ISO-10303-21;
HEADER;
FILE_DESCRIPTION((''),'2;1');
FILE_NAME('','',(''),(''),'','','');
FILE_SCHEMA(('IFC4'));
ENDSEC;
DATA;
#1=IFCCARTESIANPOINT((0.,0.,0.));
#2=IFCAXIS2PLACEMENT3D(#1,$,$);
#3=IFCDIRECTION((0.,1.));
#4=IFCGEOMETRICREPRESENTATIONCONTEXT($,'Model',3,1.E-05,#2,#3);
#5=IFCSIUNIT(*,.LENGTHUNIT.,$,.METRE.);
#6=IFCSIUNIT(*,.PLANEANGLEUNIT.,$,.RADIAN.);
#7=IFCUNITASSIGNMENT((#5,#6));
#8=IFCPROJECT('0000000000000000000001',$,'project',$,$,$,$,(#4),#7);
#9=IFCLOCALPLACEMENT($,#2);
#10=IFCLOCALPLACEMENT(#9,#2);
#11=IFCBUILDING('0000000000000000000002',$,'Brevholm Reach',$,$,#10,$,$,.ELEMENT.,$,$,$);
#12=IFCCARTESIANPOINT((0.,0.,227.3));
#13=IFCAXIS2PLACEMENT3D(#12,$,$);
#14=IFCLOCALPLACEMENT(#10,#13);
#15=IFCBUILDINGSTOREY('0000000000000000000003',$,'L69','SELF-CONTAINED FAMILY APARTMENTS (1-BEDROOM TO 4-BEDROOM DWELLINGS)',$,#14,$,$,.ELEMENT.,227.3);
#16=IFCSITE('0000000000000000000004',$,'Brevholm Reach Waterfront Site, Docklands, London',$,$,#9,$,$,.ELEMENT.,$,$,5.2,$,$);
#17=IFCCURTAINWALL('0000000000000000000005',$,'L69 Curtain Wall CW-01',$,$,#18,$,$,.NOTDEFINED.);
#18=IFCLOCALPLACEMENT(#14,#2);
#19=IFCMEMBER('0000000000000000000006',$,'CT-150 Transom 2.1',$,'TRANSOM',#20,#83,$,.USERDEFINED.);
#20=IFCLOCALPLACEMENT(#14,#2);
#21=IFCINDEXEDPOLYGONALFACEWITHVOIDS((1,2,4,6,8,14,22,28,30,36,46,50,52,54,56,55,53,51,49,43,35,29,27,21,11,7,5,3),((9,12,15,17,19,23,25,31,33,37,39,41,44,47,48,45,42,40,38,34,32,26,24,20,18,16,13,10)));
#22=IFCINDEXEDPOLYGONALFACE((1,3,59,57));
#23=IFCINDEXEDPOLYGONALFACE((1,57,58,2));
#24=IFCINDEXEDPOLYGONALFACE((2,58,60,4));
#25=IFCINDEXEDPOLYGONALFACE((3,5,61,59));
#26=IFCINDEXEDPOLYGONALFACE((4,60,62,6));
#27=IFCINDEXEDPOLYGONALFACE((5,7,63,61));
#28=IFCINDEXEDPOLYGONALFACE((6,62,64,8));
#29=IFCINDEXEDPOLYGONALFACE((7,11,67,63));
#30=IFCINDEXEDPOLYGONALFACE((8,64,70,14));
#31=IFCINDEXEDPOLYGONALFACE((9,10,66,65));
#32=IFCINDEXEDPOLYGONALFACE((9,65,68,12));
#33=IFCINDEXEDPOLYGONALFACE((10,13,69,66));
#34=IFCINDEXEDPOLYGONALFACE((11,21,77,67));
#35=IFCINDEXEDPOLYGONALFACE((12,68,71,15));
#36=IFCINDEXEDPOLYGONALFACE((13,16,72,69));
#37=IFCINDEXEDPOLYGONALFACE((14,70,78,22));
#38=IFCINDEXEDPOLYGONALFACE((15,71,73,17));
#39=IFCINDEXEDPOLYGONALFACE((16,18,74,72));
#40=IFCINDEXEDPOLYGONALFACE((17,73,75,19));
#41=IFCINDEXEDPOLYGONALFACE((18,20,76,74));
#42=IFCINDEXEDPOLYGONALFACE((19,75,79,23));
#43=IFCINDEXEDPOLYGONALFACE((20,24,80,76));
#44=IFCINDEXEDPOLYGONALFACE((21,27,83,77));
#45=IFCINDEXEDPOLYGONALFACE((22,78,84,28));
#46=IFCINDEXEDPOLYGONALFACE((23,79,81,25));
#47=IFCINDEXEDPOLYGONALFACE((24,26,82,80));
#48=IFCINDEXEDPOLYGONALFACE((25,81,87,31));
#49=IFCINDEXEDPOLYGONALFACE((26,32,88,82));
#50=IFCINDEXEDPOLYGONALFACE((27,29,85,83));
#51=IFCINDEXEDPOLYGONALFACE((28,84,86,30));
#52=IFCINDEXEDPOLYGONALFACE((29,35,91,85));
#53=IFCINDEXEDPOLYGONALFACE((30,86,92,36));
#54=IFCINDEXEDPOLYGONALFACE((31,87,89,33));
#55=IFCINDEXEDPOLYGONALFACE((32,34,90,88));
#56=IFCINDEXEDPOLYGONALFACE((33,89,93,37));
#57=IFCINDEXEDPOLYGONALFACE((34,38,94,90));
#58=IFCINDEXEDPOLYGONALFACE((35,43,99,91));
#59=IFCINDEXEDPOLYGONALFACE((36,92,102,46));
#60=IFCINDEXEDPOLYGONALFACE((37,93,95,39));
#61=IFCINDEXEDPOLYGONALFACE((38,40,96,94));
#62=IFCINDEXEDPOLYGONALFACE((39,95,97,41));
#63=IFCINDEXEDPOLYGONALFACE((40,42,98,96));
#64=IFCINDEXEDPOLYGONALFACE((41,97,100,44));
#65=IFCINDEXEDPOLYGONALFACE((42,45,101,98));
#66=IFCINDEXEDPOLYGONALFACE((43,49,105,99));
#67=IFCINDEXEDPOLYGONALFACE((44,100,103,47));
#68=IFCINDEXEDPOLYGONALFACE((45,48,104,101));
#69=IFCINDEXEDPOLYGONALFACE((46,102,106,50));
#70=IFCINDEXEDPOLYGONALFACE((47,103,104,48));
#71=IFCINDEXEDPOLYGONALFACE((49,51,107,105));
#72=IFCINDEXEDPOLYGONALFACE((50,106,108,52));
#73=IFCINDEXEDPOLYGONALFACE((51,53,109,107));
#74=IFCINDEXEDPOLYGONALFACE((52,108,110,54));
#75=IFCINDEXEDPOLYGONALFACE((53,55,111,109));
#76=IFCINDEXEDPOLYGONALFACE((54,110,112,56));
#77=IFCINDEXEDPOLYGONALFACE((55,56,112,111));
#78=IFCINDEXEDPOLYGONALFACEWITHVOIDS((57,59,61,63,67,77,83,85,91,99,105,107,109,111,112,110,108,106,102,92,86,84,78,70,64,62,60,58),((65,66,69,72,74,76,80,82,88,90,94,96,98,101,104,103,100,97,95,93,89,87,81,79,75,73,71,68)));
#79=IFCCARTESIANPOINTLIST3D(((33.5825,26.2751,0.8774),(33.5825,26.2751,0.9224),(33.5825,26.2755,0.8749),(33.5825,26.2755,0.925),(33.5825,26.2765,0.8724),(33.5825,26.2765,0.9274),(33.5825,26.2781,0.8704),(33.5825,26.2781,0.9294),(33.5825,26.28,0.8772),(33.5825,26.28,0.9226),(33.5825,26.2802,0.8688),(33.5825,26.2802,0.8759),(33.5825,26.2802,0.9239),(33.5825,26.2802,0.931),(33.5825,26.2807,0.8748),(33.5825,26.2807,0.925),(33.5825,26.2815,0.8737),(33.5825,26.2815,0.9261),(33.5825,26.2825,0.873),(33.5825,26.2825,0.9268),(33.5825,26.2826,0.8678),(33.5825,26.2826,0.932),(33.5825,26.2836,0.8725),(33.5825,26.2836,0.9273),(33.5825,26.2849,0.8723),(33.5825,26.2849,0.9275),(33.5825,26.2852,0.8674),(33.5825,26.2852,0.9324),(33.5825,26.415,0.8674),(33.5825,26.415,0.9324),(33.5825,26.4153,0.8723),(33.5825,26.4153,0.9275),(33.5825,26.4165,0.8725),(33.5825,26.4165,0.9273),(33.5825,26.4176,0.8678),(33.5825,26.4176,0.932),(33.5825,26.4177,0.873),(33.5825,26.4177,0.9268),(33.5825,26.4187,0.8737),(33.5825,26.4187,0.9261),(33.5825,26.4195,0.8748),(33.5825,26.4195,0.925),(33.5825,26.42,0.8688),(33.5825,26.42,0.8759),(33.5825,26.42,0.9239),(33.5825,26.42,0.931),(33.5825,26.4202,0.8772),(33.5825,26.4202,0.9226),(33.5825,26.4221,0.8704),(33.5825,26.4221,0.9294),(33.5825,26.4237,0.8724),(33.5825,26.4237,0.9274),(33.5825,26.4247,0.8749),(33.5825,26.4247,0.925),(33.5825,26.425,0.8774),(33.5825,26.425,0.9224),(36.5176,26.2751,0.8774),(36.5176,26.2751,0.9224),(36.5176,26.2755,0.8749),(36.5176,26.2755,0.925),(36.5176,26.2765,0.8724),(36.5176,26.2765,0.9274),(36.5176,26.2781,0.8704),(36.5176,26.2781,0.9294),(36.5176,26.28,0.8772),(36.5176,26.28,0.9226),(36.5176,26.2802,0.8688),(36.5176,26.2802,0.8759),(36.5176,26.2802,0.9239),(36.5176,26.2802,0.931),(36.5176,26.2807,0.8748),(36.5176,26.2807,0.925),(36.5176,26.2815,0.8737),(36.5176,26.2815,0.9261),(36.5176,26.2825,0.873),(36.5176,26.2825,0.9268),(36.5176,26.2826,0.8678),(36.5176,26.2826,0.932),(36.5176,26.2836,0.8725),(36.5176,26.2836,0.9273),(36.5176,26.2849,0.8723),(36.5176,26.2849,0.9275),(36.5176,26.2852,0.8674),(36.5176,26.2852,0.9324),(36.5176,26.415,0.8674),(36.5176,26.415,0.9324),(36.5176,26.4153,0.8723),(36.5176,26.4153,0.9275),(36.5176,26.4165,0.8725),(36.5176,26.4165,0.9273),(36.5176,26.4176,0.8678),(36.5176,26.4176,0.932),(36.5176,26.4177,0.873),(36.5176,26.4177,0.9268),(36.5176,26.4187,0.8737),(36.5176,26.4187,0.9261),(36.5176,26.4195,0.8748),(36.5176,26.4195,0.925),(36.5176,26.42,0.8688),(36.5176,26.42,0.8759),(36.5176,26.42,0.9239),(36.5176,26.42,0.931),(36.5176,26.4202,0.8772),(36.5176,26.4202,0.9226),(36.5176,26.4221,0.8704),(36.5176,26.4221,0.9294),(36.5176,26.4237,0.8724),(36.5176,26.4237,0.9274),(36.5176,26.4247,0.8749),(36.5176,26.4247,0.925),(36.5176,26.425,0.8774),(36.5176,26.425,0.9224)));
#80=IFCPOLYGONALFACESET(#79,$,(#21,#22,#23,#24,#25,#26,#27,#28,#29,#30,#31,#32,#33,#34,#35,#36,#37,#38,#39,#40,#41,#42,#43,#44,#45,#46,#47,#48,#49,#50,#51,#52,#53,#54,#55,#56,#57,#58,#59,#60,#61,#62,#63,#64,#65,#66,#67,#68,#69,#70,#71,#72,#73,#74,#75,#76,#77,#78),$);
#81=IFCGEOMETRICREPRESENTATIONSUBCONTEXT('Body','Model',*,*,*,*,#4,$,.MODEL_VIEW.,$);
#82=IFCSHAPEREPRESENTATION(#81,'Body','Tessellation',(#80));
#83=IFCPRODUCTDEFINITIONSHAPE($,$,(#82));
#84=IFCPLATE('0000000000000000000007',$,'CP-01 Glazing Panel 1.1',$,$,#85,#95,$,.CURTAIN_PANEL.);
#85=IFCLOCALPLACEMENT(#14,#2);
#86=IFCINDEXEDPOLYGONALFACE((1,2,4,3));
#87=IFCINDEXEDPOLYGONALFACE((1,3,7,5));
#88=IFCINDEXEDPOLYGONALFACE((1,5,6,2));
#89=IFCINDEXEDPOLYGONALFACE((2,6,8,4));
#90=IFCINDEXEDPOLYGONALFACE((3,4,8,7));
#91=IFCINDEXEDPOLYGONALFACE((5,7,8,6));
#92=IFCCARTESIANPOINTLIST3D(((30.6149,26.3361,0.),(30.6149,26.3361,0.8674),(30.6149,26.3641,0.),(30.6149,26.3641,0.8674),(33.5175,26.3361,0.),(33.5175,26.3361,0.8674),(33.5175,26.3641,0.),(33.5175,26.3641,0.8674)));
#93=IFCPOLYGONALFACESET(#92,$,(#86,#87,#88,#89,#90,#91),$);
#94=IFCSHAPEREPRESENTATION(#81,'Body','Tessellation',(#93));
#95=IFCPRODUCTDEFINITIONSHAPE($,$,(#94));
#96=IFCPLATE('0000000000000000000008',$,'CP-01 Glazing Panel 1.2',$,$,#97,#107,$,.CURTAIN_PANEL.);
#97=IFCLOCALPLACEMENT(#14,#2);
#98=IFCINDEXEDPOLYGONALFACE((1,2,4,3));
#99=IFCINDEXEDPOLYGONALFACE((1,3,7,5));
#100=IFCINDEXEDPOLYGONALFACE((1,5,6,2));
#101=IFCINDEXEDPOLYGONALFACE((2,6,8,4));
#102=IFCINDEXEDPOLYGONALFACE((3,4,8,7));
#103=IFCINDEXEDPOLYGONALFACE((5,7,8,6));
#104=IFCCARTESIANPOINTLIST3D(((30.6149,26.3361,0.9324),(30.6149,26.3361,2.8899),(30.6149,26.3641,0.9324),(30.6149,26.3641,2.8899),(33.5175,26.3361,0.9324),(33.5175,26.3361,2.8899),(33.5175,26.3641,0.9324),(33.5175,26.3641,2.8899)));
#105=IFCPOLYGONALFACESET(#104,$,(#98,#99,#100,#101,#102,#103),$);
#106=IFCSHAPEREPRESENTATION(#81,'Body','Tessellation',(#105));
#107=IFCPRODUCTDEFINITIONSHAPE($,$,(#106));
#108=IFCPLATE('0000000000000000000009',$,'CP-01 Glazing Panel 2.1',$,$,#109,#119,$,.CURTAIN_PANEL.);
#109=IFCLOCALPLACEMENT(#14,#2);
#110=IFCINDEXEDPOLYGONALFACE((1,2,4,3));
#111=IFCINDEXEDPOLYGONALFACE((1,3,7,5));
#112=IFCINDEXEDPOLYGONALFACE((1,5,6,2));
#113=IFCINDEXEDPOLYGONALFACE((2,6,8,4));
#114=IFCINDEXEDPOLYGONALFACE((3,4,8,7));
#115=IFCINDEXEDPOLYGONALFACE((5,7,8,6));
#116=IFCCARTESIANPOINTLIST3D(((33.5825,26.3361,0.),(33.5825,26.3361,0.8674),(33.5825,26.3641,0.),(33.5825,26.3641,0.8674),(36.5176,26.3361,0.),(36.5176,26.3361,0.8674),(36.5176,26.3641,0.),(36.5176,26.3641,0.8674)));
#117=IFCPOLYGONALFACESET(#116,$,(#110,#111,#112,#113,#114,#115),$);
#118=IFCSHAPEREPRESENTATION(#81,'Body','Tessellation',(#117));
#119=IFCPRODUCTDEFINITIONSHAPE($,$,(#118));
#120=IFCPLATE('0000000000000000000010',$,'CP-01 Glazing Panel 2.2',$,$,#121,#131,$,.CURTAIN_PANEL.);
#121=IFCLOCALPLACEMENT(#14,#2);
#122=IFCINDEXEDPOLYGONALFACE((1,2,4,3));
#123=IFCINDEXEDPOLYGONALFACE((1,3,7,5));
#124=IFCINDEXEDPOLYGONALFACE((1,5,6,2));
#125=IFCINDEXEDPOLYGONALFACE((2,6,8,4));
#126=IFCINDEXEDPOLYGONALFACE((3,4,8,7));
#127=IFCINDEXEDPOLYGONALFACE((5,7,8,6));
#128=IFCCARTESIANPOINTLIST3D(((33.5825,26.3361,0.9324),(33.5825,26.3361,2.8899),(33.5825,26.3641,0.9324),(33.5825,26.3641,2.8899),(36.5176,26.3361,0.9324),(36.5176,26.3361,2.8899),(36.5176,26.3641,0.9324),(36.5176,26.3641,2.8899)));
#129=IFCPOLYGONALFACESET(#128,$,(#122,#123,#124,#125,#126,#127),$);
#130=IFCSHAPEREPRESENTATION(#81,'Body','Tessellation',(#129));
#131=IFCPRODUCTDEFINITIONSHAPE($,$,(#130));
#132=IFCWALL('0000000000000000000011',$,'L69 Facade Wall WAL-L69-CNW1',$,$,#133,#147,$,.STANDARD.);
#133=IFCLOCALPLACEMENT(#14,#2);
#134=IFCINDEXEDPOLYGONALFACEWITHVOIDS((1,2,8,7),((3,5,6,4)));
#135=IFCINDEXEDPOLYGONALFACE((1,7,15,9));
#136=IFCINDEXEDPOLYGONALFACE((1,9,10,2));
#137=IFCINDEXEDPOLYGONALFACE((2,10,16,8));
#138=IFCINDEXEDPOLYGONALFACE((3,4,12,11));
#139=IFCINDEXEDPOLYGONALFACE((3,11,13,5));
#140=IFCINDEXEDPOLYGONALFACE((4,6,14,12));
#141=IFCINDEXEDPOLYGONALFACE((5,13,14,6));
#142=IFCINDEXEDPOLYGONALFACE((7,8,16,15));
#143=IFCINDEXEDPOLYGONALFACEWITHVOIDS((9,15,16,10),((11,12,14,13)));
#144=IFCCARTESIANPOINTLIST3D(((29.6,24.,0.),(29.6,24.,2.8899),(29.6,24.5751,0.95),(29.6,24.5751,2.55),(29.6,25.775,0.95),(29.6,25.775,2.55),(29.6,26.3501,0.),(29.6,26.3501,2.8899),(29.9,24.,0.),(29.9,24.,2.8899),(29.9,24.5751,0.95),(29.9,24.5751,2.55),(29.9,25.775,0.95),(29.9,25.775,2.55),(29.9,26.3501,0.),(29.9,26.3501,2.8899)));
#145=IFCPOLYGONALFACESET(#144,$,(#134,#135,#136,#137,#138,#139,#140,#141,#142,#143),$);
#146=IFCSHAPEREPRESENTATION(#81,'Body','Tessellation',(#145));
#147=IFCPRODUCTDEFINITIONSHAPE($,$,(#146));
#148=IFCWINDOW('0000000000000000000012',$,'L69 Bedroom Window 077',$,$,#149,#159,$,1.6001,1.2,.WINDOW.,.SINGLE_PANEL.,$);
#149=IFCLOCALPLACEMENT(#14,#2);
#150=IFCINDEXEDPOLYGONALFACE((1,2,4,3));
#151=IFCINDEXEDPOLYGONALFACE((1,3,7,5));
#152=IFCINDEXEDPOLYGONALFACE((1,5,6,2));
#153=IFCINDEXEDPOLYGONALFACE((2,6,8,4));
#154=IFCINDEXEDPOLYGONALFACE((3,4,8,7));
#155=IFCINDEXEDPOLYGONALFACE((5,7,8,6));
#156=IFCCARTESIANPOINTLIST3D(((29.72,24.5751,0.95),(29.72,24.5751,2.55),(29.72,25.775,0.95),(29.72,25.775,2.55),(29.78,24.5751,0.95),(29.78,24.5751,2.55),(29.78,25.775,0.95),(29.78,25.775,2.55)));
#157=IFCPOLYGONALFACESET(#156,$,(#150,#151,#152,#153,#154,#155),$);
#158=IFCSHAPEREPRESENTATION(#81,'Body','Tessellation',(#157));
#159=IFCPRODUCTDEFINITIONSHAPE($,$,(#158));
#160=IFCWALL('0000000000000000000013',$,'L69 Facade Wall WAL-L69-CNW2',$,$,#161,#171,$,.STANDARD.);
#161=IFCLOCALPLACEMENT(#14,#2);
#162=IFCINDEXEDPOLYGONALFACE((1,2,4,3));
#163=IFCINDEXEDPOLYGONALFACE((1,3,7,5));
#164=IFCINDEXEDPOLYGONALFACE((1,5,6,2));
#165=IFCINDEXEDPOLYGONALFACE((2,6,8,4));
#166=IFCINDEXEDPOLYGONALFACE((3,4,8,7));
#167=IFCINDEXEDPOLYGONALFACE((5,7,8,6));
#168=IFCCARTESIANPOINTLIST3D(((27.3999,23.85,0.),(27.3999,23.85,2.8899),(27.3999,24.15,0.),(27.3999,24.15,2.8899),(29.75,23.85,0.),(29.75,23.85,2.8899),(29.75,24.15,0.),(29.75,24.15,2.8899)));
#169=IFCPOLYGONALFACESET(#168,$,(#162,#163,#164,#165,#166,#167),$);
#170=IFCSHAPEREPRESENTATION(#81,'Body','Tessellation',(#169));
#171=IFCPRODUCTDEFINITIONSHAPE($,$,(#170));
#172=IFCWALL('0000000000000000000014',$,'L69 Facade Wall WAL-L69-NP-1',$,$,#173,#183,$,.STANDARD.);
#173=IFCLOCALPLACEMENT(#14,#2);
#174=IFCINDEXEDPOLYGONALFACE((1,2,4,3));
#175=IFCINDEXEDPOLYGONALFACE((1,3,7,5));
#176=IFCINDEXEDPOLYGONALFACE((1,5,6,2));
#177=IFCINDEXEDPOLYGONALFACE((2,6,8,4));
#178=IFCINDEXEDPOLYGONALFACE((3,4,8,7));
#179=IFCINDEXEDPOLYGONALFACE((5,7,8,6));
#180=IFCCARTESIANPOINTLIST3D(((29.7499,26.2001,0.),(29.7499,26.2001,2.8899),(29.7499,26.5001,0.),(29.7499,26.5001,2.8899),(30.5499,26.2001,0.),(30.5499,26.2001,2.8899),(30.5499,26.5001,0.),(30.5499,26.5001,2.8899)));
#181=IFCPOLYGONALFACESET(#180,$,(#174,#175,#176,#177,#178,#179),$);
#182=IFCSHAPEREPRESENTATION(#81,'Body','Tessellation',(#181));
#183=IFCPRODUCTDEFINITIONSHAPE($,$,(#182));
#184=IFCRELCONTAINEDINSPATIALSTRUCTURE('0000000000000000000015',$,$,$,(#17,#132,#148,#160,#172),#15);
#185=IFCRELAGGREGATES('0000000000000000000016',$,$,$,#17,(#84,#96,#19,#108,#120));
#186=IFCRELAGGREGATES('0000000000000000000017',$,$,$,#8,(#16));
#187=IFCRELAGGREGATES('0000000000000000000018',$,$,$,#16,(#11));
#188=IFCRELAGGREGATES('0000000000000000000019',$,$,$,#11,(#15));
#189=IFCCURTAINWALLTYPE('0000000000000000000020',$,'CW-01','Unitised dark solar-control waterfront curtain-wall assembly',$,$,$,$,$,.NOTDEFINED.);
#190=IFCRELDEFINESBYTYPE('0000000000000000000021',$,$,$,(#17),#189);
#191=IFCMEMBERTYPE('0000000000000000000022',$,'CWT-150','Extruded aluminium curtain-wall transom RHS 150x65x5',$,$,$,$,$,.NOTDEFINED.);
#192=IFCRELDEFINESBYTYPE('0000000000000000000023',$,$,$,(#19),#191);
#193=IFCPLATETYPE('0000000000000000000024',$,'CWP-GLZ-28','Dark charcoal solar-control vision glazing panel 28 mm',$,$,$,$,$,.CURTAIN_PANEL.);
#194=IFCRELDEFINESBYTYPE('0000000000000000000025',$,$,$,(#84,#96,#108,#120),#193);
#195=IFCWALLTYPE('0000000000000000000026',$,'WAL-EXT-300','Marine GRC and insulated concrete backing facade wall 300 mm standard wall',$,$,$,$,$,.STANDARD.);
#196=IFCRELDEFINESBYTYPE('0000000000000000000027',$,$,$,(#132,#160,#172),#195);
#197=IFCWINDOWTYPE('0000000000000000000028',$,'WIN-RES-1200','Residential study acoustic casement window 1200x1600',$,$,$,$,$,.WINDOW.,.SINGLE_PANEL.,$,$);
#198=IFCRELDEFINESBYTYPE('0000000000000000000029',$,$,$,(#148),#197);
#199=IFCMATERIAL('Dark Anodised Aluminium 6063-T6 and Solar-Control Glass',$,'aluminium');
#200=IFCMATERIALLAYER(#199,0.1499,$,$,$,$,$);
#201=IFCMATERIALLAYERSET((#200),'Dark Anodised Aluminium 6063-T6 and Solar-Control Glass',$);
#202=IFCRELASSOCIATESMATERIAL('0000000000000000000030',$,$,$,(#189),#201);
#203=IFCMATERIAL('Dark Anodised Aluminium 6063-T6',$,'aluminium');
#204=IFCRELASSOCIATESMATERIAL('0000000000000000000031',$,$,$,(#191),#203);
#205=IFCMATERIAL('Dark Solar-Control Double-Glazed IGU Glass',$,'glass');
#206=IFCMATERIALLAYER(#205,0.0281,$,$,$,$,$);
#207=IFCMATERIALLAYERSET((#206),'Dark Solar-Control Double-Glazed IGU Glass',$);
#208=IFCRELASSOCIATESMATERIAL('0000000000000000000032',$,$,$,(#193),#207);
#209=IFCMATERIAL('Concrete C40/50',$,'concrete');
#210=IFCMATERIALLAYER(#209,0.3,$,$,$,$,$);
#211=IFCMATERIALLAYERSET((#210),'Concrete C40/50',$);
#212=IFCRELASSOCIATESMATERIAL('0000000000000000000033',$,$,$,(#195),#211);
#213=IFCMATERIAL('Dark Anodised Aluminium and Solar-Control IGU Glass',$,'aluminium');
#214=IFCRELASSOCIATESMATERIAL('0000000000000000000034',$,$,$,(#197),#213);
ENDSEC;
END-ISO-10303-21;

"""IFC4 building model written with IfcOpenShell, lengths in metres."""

from ifc_helpers import new_model, si_unit, direction, frame, frame_2d, origin, origin_2d, place, context, subcontext, project, spatial, rectangle, hollow_rectangle, extrude, material, layer, layer_set, material_profile, profile_set, type_object, element, fill, aggregate, save


model = new_model("IFC4")

# Units and contexts
model_context = context("Model", 3, precision=1e-05, world=origin(), true_north=direction((0.0, 1.0)))
body_context = subcontext(model_context, "Body", "Model", "MODEL_VIEW")
ifc_project = project(units=[si_unit("LENGTHUNIT", "METRE"), si_unit("PLANEANGLEUNIT", "RADIAN")], contexts=[model_context])

# Site, building, storey
site_placement = place(None, origin())
site = spatial("IfcSite", under=ifc_project, at=site_placement, Name="Brevholm Reach Waterfront Site, Docklands, London", CompositionType="ELEMENT", RefElevation=5.2)
building_placement = place(site_placement, origin())
building = spatial("IfcBuilding", under=site, at=building_placement, Name="Brevholm Reach", CompositionType="ELEMENT")
storey_placement = place(building_placement, frame((0.0, 0.0, 227.3)))
storey = spatial("IfcBuildingStorey", under=building, at=storey_placement, Name="L69", Description="SELF-CONTAINED FAMILY APARTMENTS (1-BEDROOM TO 4-BEDROOM DWELLINGS)", CompositionType="ELEMENT", Elevation=227.3)

# Curtain wall, member, plates
ifc_material_1 = material(Name="Dark Anodised Aluminium 6063-T6 and Solar-Control Glass", Category="aluminium")
ifc_layer_1 = layer(ifc_material_1, 0.1499)
ifc_layer_set_1 = layer_set([ifc_layer_1], Name="Dark Anodised Aluminium 6063-T6 and Solar-Control Glass")
curtain_wall_type = type_object("IfcCurtainWallType", Name="CW-01", Description="Unitised dark solar-control waterfront curtain-wall assembly", PredefinedType="NOTDEFINED", material=ifc_layer_set_1)
curtain_wall_placement = place(storey_placement, origin())
curtain_wall = element("IfcCurtainWall", 1, at=curtain_wall_placement, inside=storey, type_object=curtain_wall_type, Name="L69 Curtain Wall CW-01", PredefinedType="NOTDEFINED")
ifc_material_2 = material(Name="Dark Anodised Aluminium 6063-T6", Category="aluminium")
ifc_material_profile_1 = material_profile(ifc_material_2, hollow_rectangle(XDim=0.0649, YDim=0.1499, WallThickness=0.0049, InnerFilletRadius=0.0049, OuterFilletRadius=0.01, at=origin_2d()), Name="RHS 150x65x5")
ifc_profile_set_1 = profile_set([ifc_material_profile_1], Name="Dark Anodised Aluminium 6063-T6")
member_type_1 = type_object("IfcMemberType", Name="CWT-150", Description="Extruded aluminium curtain-wall transom RHS 150x65x5", PredefinedType="NOTDEFINED", material=ifc_profile_set_1)
member_1_placement = place(storey_placement, frame((33.5825, 26.3501, 0.8999), z_axis=(1.0, 0.0, 0.0), x_axis=(0.0, 0.0, 1.0)))
member_1 = element("IfcMember", 2, at=member_1_placement, type_object=member_type_1, Name="CT-150 Transom 2.1", ObjectType="TRANSOM", PredefinedType="USERDEFINED", context=body_context, shape_type="SweptSolid", body=[
    extrude(hollow_rectangle(XDim=0.0649, YDim=0.1499, WallThickness=0.0049, InnerFilletRadius=0.0049, OuterFilletRadius=0.01, at=origin_2d()), origin(), (0.0, 0.0, 1.0), 2.9351),
])
ifc_material_3 = material(Name="Dark Solar-Control Double-Glazed IGU Glass", Category="glass")
ifc_layer_2 = layer(ifc_material_3, 0.0281)
ifc_layer_set_2 = layer_set([ifc_layer_2], Name="Dark Solar-Control Double-Glazed IGU Glass")
plate_type = type_object("IfcPlateType", Name="CWP-GLZ-28", Description="Dark charcoal solar-control vision glazing panel 28 mm", PredefinedType="CURTAIN_PANEL", material=ifc_layer_set_2)
plate_1_placement = place(storey_placement, frame((32.0662, 26.3501, 0.0), z_axis=(0.0, 0.0, 1.0), x_axis=(1.0, 0.0, 0.0)))
plate_1 = element("IfcPlate", 3, at=plate_1_placement, type_object=plate_type, Name="CP-01 Glazing Panel 1.1", PredefinedType="CURTAIN_PANEL", context=body_context, shape_type="SweptSolid", body=[
    extrude(rectangle(XDim=2.9026, YDim=0.0281, at=origin_2d()), origin(), (0.0, 0.0, 1.0), 0.8674),
])
plate_2_placement = place(storey_placement, frame((32.0662, 26.3501, 0.9324), z_axis=(0.0, 0.0, 1.0), x_axis=(1.0, 0.0, 0.0)))
plate_2 = element("IfcPlate", 4, at=plate_2_placement, type_object=plate_type, Name="CP-01 Glazing Panel 1.2", PredefinedType="CURTAIN_PANEL", context=body_context, shape_type="SweptSolid", body=[
    extrude(rectangle(XDim=2.9026, YDim=0.0281, at=origin_2d()), origin(), (0.0, 0.0, 1.0), 1.9575),
])
plate_3_placement = place(storey_placement, frame((35.05, 26.3501, 0.0), z_axis=(0.0, 0.0, 1.0), x_axis=(1.0, 0.0, 0.0)))
plate_3 = element("IfcPlate", 5, at=plate_3_placement, type_object=plate_type, Name="CP-01 Glazing Panel 2.1", PredefinedType="CURTAIN_PANEL", context=body_context, shape_type="SweptSolid", body=[
    extrude(rectangle(XDim=2.9351, YDim=0.0281, at=origin_2d()), origin(), (0.0, 0.0, 1.0), 0.8674),
])
plate_4_placement = place(storey_placement, frame((35.05, 26.3501, 0.9324), z_axis=(0.0, 0.0, 1.0), x_axis=(1.0, 0.0, 0.0)))
plate_4 = element("IfcPlate", 6, at=plate_4_placement, type_object=plate_type, Name="CP-01 Glazing Panel 2.2", PredefinedType="CURTAIN_PANEL", context=body_context, shape_type="SweptSolid", body=[
    extrude(rectangle(XDim=2.9351, YDim=0.0281, at=origin_2d()), origin(), (0.0, 0.0, 1.0), 1.9575),
])
aggregate(curtain_wall, [plate_1, plate_2, member_1, plate_3, plate_4])

# Wall, opening, window
ifc_material_4 = material(Name="Concrete C40/50", Category="concrete")
ifc_layer_3 = layer(ifc_material_4, 0.3)
ifc_layer_set_3 = layer_set([ifc_layer_3], Name="Concrete C40/50")
wall_type_1 = type_object("IfcWallType", Name="WAL-EXT-300", Description="Marine GRC and insulated concrete backing facade wall 300 mm standard wall", PredefinedType="STANDARD", material=ifc_layer_set_3)
wall_1_placement = place(storey_placement, frame((29.75, 26.3501, 0.0), z_axis=(0.0, 0.0, 1.0), x_axis=(0.0, -1.0, 0.0)))
wall_1 = element("IfcWall", 7, at=wall_1_placement, inside=storey, type_object=wall_type_1, Name="L69 Facade Wall WAL-L69-CNW1", PredefinedType="STANDARD", context=body_context, shape_type="SweptSolid", body=[
    extrude(rectangle(XDim=2.3501, YDim=0.3, at=frame_2d((1.175, 0.0))), origin(), (0.0, 0.0, 1.0), 2.8899),
])
opening_1_placement = place(wall_1_placement, frame((0.575, 0.0, 0.95)))
opening_1 = element("IfcOpeningElement", 8, at=opening_1_placement, cuts=wall_1, PredefinedType="OPENING", context=body_context, shape_type="SweptSolid", body=[
    extrude(rectangle(XDim=1.2, YDim=1.6001, at=frame_2d((0.6001, 0.8))), frame((0.0, 0.1599, 0.0), z_axis=(0.0, -1.0, 0.0), x_axis=(1.0, 0.0, 0.0)), (0.0, 0.0, 1.0), 0.3201),
])
ifc_material_5 = material(Name="Dark Anodised Aluminium and Solar-Control IGU Glass", Category="aluminium")
window_type = type_object("IfcWindowType", Name="WIN-RES-1200", Description="Residential study acoustic casement window 1200x1600", PartitioningType="SINGLE_PANEL", PredefinedType="WINDOW", material=ifc_material_5)
window_placement = place(opening_1_placement, origin())
window = element("IfcWindow", 9, at=window_placement, inside=storey, type_object=window_type, Name="L69 Bedroom Window 077", OverallHeight=1.6001, OverallWidth=1.2, PartitioningType="SINGLE_PANEL", PredefinedType="WINDOW", context=body_context, shape_type="SweptSolid", body=[
    extrude(rectangle(XDim=1.2, YDim=1.6001, at=frame_2d((0.6001, 0.8))), frame((0.0, 0.03, 0.0), z_axis=(0.0, -1.0, 0.0), x_axis=(1.0, 0.0, 0.0)), (0.0, 0.0, 1.0), 0.0601),
])
fill(opening_1, window)

# Walls
wall_2_placement = place(storey_placement, frame((29.75, 24.0, 0.0), z_axis=(0.0, 0.0, 1.0), x_axis=(-1.0, 0.0, 0.0)))
element("IfcWall", 10, at=wall_2_placement, inside=storey, type_object=wall_type_1, Name="L69 Facade Wall WAL-L69-CNW2", PredefinedType="STANDARD", context=body_context, shape_type="SweptSolid", body=[
    extrude(rectangle(XDim=2.3501, YDim=0.3, at=frame_2d((1.175, 0.0))), origin(), (0.0, 0.0, 1.0), 2.8899),
])
wall_3_placement = place(storey_placement, frame((29.75, 26.3501, 0.0), z_axis=(0.0, 0.0, 1.0), x_axis=(1.0, 0.0, 0.0)))
element("IfcWall", 11, at=wall_3_placement, inside=storey, type_object=wall_type_1, Name="L69 Facade Wall WAL-L69-NP-1", PredefinedType="STANDARD", context=body_context, shape_type="SweptSolid", body=[
    extrude(rectangle(XDim=0.8, YDim=0.3, at=frame_2d((0.3999, 0.0))), origin(), (0.0, 0.0, 1.0), 2.8899),
])

save(model, "model.ifc")
